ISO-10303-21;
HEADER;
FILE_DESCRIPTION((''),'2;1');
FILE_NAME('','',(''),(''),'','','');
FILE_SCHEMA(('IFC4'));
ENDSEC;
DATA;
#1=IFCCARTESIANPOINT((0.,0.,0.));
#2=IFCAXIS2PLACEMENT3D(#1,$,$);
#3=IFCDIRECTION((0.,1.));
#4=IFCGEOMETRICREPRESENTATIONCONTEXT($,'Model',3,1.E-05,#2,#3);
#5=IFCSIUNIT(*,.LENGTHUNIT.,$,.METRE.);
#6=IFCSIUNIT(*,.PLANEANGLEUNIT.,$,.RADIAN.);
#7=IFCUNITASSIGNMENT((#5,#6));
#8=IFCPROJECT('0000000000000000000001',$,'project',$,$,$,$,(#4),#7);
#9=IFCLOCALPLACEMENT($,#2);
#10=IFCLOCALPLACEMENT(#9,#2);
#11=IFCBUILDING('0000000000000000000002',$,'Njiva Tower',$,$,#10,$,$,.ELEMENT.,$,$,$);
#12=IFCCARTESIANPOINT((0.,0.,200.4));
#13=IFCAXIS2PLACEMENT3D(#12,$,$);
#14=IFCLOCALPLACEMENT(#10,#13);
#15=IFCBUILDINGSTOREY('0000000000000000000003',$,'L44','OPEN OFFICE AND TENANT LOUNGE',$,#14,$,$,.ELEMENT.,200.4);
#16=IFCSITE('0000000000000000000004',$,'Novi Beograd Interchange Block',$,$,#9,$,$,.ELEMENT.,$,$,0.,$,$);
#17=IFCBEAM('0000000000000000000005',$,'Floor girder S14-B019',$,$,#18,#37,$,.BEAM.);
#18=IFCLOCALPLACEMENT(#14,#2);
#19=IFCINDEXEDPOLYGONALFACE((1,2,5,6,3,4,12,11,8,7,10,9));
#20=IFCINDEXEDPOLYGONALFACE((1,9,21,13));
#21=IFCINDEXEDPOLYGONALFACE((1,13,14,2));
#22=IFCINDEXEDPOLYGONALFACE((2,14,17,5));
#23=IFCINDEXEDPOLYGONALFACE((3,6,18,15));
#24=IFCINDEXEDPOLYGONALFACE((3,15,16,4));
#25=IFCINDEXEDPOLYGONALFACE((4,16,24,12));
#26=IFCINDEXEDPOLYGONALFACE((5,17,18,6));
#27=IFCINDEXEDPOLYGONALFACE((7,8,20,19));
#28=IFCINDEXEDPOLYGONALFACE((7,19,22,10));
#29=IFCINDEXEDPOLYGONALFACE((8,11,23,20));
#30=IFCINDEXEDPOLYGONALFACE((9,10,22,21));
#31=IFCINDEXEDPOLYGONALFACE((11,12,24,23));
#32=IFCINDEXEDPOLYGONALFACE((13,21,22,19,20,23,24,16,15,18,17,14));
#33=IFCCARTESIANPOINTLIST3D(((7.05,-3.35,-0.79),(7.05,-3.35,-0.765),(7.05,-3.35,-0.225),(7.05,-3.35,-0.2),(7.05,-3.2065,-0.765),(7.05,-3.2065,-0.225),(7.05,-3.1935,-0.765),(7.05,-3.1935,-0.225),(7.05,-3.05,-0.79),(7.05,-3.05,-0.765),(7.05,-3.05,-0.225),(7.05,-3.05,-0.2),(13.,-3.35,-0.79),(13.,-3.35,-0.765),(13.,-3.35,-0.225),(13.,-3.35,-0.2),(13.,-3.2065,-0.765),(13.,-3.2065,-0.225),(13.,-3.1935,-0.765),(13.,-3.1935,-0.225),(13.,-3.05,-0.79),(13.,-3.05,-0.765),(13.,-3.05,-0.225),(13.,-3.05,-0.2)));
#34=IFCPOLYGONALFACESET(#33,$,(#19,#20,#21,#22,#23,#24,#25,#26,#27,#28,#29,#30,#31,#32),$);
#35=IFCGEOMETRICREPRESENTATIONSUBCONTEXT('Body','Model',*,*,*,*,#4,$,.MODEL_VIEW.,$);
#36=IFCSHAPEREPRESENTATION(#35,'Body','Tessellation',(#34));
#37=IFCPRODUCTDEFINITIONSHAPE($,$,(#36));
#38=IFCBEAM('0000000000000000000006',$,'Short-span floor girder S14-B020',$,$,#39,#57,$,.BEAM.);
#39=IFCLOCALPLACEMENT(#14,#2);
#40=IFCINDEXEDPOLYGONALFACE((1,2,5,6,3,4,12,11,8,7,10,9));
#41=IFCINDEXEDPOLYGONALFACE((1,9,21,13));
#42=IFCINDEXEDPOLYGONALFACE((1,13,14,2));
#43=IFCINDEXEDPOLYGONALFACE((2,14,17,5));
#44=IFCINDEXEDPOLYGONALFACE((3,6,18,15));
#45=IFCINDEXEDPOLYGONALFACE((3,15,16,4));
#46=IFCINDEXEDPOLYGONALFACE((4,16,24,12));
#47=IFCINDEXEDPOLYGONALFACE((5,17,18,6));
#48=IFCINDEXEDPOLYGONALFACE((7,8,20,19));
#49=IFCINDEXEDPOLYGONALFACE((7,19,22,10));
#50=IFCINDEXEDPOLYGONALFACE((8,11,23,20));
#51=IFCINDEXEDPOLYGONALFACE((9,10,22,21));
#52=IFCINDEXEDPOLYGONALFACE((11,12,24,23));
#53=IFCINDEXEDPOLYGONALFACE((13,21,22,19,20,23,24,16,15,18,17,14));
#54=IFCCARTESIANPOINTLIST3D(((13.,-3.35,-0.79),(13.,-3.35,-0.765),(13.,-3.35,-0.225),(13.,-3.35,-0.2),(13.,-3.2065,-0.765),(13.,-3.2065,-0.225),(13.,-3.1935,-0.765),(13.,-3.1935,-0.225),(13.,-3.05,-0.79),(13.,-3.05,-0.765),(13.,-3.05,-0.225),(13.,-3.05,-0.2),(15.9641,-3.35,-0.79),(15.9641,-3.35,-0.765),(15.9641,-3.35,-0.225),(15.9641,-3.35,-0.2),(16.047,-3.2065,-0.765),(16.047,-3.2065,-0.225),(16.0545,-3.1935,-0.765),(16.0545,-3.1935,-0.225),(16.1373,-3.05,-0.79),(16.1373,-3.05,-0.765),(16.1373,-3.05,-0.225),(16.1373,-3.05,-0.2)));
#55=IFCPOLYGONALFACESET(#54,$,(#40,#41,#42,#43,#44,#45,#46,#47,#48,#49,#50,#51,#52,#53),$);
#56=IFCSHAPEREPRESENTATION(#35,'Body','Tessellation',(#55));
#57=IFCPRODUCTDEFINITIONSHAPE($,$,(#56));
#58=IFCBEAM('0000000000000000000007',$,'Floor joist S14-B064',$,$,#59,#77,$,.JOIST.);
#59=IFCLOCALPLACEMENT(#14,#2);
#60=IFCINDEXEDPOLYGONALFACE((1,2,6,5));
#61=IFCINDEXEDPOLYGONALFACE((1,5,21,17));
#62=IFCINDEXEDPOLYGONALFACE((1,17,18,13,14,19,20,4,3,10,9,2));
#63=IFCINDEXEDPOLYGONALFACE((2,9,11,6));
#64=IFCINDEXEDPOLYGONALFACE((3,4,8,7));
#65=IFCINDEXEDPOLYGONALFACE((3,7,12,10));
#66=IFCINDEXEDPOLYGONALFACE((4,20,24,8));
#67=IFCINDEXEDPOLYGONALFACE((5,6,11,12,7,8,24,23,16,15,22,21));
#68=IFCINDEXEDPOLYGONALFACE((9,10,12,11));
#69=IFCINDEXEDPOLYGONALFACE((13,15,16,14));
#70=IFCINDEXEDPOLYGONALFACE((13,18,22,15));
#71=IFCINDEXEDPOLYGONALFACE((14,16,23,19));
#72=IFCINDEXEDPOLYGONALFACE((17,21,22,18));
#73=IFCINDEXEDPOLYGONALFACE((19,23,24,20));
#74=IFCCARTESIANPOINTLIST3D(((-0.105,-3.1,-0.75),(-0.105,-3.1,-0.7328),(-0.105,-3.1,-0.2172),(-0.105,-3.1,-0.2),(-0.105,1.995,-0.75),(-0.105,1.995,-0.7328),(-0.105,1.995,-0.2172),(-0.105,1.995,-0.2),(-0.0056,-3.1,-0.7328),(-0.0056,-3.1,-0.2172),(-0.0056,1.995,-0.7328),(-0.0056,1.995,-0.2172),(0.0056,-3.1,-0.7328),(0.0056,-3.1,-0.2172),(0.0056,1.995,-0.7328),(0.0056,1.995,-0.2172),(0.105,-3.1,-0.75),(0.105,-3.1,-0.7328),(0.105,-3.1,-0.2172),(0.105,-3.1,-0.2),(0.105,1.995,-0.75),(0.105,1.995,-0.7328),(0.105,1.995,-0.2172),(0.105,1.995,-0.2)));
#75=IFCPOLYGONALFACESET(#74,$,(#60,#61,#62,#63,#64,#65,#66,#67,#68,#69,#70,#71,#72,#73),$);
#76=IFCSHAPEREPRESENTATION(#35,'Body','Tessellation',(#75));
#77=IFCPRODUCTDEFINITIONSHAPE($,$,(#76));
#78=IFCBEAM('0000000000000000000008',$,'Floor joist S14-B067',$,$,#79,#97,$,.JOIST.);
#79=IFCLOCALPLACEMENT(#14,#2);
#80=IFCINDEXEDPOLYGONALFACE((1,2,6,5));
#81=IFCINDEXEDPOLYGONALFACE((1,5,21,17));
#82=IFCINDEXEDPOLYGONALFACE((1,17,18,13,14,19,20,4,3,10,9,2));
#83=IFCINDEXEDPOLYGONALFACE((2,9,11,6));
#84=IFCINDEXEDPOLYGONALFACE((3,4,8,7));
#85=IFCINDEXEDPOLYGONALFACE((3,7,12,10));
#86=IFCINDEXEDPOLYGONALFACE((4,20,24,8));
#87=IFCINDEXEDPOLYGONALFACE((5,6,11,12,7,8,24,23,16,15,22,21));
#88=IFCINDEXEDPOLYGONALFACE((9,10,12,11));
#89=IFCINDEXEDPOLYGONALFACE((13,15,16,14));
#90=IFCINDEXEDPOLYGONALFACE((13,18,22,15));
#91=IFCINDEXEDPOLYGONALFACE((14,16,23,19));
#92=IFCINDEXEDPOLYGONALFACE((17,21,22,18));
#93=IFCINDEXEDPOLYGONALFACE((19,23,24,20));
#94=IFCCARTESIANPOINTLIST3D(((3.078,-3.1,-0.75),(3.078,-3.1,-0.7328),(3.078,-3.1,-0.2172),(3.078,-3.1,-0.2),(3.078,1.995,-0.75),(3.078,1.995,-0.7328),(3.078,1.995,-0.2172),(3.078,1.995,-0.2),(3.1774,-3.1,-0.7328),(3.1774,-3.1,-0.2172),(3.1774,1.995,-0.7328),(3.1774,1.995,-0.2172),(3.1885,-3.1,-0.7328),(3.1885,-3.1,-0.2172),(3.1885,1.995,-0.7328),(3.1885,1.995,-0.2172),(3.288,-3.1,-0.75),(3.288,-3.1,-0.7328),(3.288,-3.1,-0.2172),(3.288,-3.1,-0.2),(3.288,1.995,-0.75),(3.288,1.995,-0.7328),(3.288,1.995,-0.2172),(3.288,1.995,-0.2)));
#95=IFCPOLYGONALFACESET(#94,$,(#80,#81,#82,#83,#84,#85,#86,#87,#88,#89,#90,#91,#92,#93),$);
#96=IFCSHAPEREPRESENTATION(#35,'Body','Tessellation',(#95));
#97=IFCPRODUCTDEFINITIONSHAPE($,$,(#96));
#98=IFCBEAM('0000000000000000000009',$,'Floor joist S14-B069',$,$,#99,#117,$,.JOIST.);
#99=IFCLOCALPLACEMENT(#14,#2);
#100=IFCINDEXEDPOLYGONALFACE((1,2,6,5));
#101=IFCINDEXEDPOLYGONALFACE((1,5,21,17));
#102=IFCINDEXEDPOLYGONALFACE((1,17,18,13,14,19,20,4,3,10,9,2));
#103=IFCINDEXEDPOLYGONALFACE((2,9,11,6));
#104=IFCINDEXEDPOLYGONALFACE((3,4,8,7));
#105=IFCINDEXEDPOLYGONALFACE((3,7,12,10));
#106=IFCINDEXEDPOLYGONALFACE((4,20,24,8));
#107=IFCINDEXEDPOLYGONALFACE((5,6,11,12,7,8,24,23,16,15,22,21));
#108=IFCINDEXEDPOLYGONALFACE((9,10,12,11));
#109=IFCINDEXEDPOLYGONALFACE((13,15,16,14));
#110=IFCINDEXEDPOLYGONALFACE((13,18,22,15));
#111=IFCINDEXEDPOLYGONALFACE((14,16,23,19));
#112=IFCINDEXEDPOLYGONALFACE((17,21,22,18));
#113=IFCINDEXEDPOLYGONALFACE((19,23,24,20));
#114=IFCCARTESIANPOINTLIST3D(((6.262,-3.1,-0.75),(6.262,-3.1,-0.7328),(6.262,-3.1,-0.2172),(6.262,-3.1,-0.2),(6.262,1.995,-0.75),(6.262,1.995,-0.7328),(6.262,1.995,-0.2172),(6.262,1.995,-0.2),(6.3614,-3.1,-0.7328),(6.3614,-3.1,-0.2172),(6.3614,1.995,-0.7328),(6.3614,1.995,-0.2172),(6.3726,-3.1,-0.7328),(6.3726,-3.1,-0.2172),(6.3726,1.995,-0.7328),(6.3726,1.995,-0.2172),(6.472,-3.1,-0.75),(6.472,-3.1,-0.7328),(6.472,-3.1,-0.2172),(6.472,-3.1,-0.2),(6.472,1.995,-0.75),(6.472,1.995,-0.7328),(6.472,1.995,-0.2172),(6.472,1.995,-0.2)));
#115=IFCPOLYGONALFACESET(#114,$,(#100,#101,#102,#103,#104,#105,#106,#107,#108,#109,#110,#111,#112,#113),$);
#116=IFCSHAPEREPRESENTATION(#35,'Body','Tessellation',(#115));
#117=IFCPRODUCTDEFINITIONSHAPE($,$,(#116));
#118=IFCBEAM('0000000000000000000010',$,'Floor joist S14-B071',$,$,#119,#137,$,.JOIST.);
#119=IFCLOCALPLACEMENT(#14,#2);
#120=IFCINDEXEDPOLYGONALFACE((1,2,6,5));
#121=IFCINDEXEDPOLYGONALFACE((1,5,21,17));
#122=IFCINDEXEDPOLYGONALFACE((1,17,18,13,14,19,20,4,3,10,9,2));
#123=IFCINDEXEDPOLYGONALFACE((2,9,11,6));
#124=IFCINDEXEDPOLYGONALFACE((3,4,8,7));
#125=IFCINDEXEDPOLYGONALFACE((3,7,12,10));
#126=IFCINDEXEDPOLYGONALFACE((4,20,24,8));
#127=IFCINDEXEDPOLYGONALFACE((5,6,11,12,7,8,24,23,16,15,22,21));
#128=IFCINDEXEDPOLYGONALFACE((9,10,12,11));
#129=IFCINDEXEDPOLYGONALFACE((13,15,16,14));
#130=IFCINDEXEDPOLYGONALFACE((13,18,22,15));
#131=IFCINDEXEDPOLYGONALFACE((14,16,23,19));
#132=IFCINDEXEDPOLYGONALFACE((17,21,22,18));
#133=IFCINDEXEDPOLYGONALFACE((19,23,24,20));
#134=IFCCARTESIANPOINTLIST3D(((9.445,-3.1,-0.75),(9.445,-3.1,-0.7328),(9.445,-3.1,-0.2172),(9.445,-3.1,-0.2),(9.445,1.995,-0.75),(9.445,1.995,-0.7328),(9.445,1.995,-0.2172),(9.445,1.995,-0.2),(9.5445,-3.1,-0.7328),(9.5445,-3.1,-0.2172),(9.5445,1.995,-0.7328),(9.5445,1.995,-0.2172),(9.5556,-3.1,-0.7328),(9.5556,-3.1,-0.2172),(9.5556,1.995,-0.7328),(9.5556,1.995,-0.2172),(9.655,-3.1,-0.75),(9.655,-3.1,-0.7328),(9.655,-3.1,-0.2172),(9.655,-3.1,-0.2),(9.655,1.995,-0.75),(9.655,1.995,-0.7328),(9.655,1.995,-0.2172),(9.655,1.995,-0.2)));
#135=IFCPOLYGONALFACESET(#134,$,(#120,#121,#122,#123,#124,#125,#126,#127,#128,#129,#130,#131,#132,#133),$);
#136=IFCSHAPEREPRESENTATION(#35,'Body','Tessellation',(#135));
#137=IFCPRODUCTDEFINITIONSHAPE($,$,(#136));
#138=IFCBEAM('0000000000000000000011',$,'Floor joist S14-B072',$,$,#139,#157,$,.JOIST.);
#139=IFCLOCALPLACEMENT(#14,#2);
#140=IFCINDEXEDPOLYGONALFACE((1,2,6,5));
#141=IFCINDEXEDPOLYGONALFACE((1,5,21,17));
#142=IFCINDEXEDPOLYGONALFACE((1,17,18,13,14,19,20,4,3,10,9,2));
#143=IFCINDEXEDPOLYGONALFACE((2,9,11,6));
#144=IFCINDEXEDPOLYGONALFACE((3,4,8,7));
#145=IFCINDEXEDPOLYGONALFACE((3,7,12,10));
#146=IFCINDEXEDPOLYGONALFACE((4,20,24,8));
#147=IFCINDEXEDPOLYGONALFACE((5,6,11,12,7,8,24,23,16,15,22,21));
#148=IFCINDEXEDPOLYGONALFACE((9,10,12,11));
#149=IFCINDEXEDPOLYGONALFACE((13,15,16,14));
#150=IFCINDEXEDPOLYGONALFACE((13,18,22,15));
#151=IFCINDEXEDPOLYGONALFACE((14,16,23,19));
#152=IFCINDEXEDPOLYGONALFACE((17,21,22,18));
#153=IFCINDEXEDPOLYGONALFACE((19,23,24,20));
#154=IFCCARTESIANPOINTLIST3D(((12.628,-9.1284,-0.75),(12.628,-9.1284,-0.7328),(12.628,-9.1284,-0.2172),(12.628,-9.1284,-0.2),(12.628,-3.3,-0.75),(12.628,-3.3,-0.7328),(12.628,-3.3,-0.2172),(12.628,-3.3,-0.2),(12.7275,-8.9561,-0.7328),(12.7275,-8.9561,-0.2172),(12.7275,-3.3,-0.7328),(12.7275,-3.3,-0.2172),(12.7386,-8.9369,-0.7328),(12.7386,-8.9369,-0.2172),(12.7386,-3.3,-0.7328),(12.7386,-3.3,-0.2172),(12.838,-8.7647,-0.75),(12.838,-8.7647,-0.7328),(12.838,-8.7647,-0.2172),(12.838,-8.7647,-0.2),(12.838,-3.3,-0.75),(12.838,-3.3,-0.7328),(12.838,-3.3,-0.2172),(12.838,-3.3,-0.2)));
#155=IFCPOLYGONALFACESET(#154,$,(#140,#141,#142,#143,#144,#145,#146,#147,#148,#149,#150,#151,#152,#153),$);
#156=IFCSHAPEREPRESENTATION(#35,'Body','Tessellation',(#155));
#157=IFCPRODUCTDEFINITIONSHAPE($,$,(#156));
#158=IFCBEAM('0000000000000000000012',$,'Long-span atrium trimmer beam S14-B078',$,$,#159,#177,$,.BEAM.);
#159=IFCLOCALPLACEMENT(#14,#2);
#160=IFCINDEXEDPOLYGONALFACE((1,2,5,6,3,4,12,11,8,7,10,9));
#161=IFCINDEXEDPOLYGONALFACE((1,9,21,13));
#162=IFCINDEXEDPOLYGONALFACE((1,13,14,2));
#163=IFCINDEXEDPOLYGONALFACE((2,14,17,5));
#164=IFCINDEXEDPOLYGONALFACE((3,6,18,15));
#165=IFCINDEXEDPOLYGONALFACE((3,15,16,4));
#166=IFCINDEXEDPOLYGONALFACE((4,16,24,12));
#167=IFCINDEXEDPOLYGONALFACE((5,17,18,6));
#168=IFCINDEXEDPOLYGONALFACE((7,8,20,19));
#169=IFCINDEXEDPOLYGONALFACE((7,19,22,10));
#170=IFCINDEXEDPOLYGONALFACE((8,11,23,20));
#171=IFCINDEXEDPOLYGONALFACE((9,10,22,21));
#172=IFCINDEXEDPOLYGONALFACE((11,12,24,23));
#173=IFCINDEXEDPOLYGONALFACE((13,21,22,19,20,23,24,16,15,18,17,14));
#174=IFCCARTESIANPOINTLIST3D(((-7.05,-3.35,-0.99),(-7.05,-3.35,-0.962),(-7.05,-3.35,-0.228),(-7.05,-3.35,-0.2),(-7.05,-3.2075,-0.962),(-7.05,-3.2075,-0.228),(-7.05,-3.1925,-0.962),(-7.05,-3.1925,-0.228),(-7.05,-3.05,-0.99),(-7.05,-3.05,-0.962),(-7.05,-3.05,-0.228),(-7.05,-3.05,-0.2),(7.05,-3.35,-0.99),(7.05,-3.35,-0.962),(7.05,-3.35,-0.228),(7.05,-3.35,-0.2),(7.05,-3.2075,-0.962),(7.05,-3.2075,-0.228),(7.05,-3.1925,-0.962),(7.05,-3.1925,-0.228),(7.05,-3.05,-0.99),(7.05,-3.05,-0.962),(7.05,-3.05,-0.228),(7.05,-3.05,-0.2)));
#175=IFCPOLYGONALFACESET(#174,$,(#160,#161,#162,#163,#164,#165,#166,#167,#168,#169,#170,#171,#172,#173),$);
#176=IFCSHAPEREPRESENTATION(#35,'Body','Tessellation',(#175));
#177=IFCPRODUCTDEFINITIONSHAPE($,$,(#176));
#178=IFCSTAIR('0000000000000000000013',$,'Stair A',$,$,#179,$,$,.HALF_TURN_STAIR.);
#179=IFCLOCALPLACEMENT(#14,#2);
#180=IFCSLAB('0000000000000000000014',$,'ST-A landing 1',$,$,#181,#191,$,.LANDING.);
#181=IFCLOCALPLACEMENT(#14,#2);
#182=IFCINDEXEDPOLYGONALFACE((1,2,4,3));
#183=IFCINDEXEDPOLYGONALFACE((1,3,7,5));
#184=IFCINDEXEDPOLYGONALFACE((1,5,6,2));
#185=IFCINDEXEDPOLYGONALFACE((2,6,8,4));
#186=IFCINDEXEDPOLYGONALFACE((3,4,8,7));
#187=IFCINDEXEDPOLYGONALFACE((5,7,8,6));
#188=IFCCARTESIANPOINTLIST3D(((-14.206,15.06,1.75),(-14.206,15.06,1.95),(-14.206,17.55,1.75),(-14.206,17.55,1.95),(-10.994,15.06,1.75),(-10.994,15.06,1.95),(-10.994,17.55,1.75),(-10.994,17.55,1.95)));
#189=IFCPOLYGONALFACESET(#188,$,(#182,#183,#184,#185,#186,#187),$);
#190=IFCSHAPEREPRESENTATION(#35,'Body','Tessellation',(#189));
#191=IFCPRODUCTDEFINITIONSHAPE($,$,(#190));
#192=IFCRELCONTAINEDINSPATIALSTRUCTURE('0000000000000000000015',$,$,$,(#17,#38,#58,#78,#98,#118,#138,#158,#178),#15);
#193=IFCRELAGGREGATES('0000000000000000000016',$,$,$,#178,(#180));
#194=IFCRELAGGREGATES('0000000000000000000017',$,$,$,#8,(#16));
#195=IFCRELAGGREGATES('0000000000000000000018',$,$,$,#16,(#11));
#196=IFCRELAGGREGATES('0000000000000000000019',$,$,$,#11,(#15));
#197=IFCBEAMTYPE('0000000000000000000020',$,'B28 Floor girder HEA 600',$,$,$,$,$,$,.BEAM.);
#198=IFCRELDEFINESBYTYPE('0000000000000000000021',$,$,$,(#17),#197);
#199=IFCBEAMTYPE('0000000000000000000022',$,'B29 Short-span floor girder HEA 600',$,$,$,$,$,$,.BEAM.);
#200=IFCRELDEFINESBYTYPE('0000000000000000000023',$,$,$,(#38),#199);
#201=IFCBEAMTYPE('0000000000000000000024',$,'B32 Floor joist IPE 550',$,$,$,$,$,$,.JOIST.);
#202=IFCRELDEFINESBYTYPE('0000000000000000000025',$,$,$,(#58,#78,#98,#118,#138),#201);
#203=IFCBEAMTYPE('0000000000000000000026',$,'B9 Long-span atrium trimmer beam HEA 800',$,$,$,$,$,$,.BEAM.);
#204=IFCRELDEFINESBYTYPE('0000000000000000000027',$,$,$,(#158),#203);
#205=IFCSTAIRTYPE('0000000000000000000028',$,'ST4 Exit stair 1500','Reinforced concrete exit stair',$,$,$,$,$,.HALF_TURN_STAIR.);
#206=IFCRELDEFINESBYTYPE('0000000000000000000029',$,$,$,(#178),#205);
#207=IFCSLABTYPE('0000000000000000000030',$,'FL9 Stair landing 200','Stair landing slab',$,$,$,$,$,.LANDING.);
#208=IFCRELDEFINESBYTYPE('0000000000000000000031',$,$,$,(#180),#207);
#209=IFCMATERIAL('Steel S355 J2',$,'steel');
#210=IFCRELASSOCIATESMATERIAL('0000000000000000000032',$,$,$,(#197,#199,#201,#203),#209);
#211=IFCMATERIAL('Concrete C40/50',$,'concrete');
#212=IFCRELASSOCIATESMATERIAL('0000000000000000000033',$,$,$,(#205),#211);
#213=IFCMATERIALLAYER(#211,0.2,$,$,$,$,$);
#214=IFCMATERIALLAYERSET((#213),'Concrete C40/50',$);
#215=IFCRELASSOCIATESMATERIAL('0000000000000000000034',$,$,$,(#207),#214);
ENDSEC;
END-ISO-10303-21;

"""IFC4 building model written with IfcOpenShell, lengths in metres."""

from ifc_helpers import new_model, si_unit, direction, frame, origin, origin_2d, place, context, subcontext, project, spatial, polyline, i_section, outline, extrude, clip, halfspace, material, layer, layer_set, material_profile, profile_set, type_object, element, aggregate, save


model = new_model("IFC4")

# Units and contexts
model_context = context("Model", 3, precision=1e-05, world=origin(), true_north=direction((0.0, 1.0)))
body_context = subcontext(model_context, "Body", "Model", "MODEL_VIEW")
ifc_project = project(units=[si_unit("LENGTHUNIT", "METRE"), si_unit("PLANEANGLEUNIT", "RADIAN")], contexts=[model_context])

# Site, building, storey
site_placement = place(None, origin())
site = spatial("IfcSite", under=ifc_project, at=site_placement, Name="Novi Beograd Interchange Block", CompositionType="ELEMENT", RefElevation=0.0)
building_placement = place(site_placement, origin())
building = spatial("IfcBuilding", under=site, at=building_placement, Name="Njiva Tower", CompositionType="ELEMENT")
storey_placement = place(building_placement, frame((0.0, 0.0, 200.4)))
storey = spatial("IfcBuildingStorey", under=building, at=storey_placement, Name="L44", Description="OPEN OFFICE AND TENANT LOUNGE", CompositionType="ELEMENT", Elevation=200.4)

# Shared definitions
ifc_material_1 = material(Name="Steel S355 J2", Category="steel")

# Beams
ifc_material_profile_1 = material_profile(ifc_material_1, i_section(OverallWidth=0.3, OverallDepth=0.59, WebThickness=0.013, FlangeThickness=0.025, at=origin_2d()), Name="HEA 600")
ifc_profile_set_1 = profile_set([ifc_material_profile_1], Name="Steel S355 J2")
beam_type_1 = type_object("IfcBeamType", Name="B28 Floor girder HEA 600", PredefinedType="BEAM", material=ifc_profile_set_1)
beam_1_placement = place(storey_placement, frame((7.05, -3.2, -0.495), z_axis=(1.0, 0.0, 0.0), x_axis=(0.0, 1.0, 0.0)))
element("IfcBeam", 1, at=beam_1_placement, inside=storey, type_object=beam_type_1, Name="Floor girder S14-B019", PredefinedType="BEAM", context=body_context, shape_type="SweptSolid", body=[
    extrude(i_section(OverallWidth=0.3, OverallDepth=0.59, WebThickness=0.013, FlangeThickness=0.025, at=origin_2d()), origin(), (0.0, 0.0, 1.0), 5.95),
])
ifc_material_profile_2 = material_profile(ifc_material_1, i_section(OverallWidth=0.3, OverallDepth=0.59, WebThickness=0.013, FlangeThickness=0.025, at=origin_2d()), Name="HEA 600")
ifc_profile_set_2 = profile_set([ifc_material_profile_2], Name="Steel S355 J2")
beam_type_2 = type_object("IfcBeamType", Name="B29 Short-span floor girder HEA 600", PredefinedType="BEAM", material=ifc_profile_set_2)
beam_2_placement = place(storey_placement, frame((13.0, -3.2, -0.495), z_axis=(1.0, 0.0, 0.0), x_axis=(0.0, 1.0, 0.0)))
element("IfcBeam", 2, at=beam_2_placement, inside=storey, type_object=beam_type_2, Name="Short-span floor girder S14-B020", PredefinedType="BEAM", context=body_context, shape_type="Clipping", body=[
    clip(extrude(i_section(OverallWidth=0.3, OverallDepth=0.59, WebThickness=0.013, FlangeThickness=0.025, at=origin_2d()), origin(), (0.0, 0.0, 1.0), 3.158), halfspace(frame((-0.025, 0.0, 3.0363), z_axis=(-0.499998, 0.0, 0.866027), x_axis=(0.0, 1.0, 0.0)), False)),
])
ifc_material_profile_3 = material_profile(ifc_material_1, i_section(OverallWidth=0.21, OverallDepth=0.55, WebThickness=0.0111, FlangeThickness=0.0172, at=origin_2d()), Name="IPE 550")
ifc_profile_set_3 = profile_set([ifc_material_profile_3], Name="Steel S355 J2")
beam_type_3 = type_object("IfcBeamType", Name="B32 Floor joist IPE 550", PredefinedType="JOIST", material=ifc_profile_set_3)
for number, where, z_axis, x_axis, name in (
    (3, (0.0, 1.995, -0.475), (0.0, -1.0, 0.0), (1.0, 0.0, 0.0), "Floor joist S14-B064"),
    (4, (3.183, 1.995, -0.475), (0.0, -1.0, 0.0), (1.0, 0.0, 0.0), "Floor joist S14-B067"),
    (5, (6.367, 1.995, -0.475), (0.0, -1.0, 0.0), (1.0, 0.0, 0.0), "Floor joist S14-B069"),
    (6, (9.55, 1.995, -0.475), (0.0, -1.0, 0.0), (1.0, 0.0, 0.0), "Floor joist S14-B071"),
):
    element("IfcBeam", number, at=place(storey_placement, frame(where, z_axis=z_axis, x_axis=x_axis)), inside=storey, type_object=beam_type_3, Name=name, PredefinedType="JOIST", context=body_context, shape_type="SweptSolid", body=[
        extrude(i_section(OverallWidth=0.21, OverallDepth=0.55, WebThickness=0.0111, FlangeThickness=0.0172, at=origin_2d()), origin(), (0.0, 0.0, 1.0), 5.095),
    ])
beam_3_placement = place(storey_placement, frame((12.733, -3.3, -0.475), z_axis=(0.0, -1.0, 0.0), x_axis=(1.0, 0.0, 0.0)))
element("IfcBeam", 7, at=beam_3_placement, inside=storey, type_object=beam_type_3, Name="Floor joist S14-B072", PredefinedType="JOIST", context=body_context, shape_type="Clipping", body=[
    clip(extrude(i_section(OverallWidth=0.21, OverallDepth=0.55, WebThickness=0.0111, FlangeThickness=0.0172, at=origin_2d()), origin(), (0.0, 0.0, 1.0), 5.848), halfspace(frame((0.0436, 0.0, 5.571), z_axis=(0.866027, 0.0, 0.499998), x_axis=(0.0, 1.0, 0.0)), False)),
])
ifc_material_profile_4 = material_profile(ifc_material_1, i_section(OverallWidth=0.3, OverallDepth=0.79, WebThickness=0.015, FlangeThickness=0.028, at=origin_2d()), Name="HEA 800")
ifc_profile_set_4 = profile_set([ifc_material_profile_4], Name="Steel S355 J2")
beam_type_4 = type_object("IfcBeamType", Name="B9 Long-span atrium trimmer beam HEA 800", PredefinedType="BEAM", material=ifc_profile_set_4)
beam_4_placement = place(storey_placement, frame((7.05, -3.2, -0.595), z_axis=(-1.0, 0.0, 0.0), x_axis=(0.0, -1.0, 0.0)))
element("IfcBeam", 8, at=beam_4_placement, inside=storey, type_object=beam_type_4, Name="Long-span atrium trimmer beam S14-B078", PredefinedType="BEAM", context=body_context, shape_type="SweptSolid", body=[
    extrude(i_section(OverallWidth=0.3, OverallDepth=0.79, WebThickness=0.015, FlangeThickness=0.028, at=origin_2d()), origin(), (0.0, 0.0, 1.0), 14.1),
])

# Stair, slab
ifc_material_2 = material(Name="Concrete C40/50", Category="concrete")
stair_type_1 = type_object("IfcStairType", Name="ST4 Exit stair 1500", Description="Reinforced concrete exit stair", PredefinedType="HALF_TURN_STAIR", material=ifc_material_2)
stair_1_placement = place(storey_placement, origin())
stair_1 = element("IfcStair", 9, at=stair_1_placement, inside=storey, type_object=stair_type_1, Name="Stair A", PredefinedType="HALF_TURN_STAIR")
ifc_layer_1 = layer(ifc_material_2, 0.2)
ifc_layer_set_1 = layer_set([ifc_layer_1], Name="Concrete C40/50")
slab_type_1 = type_object("IfcSlabType", Name="FL9 Stair landing 200", Description="Stair landing slab", PredefinedType="LANDING", material=ifc_layer_set_1)
slab_1_placement = place(storey_placement, frame((0.0, 0.0, 1.75)))
slab_1 = element("IfcSlab", 10, at=slab_1_placement, type_object=slab_type_1, Name="ST-A landing 1", PredefinedType="LANDING", context=body_context, shape_type="SweptSolid", body=[
    extrude(outline(polyline([(-14.206, 15.06), (-10.994, 15.06), (-10.994, 17.55), (-14.206, 17.55), (-14.206, 15.06)])), origin(), (0.0, 0.0, 1.0), 0.2),
])
aggregate(stair_1, [slab_1])

save(model, "model.ifc")
